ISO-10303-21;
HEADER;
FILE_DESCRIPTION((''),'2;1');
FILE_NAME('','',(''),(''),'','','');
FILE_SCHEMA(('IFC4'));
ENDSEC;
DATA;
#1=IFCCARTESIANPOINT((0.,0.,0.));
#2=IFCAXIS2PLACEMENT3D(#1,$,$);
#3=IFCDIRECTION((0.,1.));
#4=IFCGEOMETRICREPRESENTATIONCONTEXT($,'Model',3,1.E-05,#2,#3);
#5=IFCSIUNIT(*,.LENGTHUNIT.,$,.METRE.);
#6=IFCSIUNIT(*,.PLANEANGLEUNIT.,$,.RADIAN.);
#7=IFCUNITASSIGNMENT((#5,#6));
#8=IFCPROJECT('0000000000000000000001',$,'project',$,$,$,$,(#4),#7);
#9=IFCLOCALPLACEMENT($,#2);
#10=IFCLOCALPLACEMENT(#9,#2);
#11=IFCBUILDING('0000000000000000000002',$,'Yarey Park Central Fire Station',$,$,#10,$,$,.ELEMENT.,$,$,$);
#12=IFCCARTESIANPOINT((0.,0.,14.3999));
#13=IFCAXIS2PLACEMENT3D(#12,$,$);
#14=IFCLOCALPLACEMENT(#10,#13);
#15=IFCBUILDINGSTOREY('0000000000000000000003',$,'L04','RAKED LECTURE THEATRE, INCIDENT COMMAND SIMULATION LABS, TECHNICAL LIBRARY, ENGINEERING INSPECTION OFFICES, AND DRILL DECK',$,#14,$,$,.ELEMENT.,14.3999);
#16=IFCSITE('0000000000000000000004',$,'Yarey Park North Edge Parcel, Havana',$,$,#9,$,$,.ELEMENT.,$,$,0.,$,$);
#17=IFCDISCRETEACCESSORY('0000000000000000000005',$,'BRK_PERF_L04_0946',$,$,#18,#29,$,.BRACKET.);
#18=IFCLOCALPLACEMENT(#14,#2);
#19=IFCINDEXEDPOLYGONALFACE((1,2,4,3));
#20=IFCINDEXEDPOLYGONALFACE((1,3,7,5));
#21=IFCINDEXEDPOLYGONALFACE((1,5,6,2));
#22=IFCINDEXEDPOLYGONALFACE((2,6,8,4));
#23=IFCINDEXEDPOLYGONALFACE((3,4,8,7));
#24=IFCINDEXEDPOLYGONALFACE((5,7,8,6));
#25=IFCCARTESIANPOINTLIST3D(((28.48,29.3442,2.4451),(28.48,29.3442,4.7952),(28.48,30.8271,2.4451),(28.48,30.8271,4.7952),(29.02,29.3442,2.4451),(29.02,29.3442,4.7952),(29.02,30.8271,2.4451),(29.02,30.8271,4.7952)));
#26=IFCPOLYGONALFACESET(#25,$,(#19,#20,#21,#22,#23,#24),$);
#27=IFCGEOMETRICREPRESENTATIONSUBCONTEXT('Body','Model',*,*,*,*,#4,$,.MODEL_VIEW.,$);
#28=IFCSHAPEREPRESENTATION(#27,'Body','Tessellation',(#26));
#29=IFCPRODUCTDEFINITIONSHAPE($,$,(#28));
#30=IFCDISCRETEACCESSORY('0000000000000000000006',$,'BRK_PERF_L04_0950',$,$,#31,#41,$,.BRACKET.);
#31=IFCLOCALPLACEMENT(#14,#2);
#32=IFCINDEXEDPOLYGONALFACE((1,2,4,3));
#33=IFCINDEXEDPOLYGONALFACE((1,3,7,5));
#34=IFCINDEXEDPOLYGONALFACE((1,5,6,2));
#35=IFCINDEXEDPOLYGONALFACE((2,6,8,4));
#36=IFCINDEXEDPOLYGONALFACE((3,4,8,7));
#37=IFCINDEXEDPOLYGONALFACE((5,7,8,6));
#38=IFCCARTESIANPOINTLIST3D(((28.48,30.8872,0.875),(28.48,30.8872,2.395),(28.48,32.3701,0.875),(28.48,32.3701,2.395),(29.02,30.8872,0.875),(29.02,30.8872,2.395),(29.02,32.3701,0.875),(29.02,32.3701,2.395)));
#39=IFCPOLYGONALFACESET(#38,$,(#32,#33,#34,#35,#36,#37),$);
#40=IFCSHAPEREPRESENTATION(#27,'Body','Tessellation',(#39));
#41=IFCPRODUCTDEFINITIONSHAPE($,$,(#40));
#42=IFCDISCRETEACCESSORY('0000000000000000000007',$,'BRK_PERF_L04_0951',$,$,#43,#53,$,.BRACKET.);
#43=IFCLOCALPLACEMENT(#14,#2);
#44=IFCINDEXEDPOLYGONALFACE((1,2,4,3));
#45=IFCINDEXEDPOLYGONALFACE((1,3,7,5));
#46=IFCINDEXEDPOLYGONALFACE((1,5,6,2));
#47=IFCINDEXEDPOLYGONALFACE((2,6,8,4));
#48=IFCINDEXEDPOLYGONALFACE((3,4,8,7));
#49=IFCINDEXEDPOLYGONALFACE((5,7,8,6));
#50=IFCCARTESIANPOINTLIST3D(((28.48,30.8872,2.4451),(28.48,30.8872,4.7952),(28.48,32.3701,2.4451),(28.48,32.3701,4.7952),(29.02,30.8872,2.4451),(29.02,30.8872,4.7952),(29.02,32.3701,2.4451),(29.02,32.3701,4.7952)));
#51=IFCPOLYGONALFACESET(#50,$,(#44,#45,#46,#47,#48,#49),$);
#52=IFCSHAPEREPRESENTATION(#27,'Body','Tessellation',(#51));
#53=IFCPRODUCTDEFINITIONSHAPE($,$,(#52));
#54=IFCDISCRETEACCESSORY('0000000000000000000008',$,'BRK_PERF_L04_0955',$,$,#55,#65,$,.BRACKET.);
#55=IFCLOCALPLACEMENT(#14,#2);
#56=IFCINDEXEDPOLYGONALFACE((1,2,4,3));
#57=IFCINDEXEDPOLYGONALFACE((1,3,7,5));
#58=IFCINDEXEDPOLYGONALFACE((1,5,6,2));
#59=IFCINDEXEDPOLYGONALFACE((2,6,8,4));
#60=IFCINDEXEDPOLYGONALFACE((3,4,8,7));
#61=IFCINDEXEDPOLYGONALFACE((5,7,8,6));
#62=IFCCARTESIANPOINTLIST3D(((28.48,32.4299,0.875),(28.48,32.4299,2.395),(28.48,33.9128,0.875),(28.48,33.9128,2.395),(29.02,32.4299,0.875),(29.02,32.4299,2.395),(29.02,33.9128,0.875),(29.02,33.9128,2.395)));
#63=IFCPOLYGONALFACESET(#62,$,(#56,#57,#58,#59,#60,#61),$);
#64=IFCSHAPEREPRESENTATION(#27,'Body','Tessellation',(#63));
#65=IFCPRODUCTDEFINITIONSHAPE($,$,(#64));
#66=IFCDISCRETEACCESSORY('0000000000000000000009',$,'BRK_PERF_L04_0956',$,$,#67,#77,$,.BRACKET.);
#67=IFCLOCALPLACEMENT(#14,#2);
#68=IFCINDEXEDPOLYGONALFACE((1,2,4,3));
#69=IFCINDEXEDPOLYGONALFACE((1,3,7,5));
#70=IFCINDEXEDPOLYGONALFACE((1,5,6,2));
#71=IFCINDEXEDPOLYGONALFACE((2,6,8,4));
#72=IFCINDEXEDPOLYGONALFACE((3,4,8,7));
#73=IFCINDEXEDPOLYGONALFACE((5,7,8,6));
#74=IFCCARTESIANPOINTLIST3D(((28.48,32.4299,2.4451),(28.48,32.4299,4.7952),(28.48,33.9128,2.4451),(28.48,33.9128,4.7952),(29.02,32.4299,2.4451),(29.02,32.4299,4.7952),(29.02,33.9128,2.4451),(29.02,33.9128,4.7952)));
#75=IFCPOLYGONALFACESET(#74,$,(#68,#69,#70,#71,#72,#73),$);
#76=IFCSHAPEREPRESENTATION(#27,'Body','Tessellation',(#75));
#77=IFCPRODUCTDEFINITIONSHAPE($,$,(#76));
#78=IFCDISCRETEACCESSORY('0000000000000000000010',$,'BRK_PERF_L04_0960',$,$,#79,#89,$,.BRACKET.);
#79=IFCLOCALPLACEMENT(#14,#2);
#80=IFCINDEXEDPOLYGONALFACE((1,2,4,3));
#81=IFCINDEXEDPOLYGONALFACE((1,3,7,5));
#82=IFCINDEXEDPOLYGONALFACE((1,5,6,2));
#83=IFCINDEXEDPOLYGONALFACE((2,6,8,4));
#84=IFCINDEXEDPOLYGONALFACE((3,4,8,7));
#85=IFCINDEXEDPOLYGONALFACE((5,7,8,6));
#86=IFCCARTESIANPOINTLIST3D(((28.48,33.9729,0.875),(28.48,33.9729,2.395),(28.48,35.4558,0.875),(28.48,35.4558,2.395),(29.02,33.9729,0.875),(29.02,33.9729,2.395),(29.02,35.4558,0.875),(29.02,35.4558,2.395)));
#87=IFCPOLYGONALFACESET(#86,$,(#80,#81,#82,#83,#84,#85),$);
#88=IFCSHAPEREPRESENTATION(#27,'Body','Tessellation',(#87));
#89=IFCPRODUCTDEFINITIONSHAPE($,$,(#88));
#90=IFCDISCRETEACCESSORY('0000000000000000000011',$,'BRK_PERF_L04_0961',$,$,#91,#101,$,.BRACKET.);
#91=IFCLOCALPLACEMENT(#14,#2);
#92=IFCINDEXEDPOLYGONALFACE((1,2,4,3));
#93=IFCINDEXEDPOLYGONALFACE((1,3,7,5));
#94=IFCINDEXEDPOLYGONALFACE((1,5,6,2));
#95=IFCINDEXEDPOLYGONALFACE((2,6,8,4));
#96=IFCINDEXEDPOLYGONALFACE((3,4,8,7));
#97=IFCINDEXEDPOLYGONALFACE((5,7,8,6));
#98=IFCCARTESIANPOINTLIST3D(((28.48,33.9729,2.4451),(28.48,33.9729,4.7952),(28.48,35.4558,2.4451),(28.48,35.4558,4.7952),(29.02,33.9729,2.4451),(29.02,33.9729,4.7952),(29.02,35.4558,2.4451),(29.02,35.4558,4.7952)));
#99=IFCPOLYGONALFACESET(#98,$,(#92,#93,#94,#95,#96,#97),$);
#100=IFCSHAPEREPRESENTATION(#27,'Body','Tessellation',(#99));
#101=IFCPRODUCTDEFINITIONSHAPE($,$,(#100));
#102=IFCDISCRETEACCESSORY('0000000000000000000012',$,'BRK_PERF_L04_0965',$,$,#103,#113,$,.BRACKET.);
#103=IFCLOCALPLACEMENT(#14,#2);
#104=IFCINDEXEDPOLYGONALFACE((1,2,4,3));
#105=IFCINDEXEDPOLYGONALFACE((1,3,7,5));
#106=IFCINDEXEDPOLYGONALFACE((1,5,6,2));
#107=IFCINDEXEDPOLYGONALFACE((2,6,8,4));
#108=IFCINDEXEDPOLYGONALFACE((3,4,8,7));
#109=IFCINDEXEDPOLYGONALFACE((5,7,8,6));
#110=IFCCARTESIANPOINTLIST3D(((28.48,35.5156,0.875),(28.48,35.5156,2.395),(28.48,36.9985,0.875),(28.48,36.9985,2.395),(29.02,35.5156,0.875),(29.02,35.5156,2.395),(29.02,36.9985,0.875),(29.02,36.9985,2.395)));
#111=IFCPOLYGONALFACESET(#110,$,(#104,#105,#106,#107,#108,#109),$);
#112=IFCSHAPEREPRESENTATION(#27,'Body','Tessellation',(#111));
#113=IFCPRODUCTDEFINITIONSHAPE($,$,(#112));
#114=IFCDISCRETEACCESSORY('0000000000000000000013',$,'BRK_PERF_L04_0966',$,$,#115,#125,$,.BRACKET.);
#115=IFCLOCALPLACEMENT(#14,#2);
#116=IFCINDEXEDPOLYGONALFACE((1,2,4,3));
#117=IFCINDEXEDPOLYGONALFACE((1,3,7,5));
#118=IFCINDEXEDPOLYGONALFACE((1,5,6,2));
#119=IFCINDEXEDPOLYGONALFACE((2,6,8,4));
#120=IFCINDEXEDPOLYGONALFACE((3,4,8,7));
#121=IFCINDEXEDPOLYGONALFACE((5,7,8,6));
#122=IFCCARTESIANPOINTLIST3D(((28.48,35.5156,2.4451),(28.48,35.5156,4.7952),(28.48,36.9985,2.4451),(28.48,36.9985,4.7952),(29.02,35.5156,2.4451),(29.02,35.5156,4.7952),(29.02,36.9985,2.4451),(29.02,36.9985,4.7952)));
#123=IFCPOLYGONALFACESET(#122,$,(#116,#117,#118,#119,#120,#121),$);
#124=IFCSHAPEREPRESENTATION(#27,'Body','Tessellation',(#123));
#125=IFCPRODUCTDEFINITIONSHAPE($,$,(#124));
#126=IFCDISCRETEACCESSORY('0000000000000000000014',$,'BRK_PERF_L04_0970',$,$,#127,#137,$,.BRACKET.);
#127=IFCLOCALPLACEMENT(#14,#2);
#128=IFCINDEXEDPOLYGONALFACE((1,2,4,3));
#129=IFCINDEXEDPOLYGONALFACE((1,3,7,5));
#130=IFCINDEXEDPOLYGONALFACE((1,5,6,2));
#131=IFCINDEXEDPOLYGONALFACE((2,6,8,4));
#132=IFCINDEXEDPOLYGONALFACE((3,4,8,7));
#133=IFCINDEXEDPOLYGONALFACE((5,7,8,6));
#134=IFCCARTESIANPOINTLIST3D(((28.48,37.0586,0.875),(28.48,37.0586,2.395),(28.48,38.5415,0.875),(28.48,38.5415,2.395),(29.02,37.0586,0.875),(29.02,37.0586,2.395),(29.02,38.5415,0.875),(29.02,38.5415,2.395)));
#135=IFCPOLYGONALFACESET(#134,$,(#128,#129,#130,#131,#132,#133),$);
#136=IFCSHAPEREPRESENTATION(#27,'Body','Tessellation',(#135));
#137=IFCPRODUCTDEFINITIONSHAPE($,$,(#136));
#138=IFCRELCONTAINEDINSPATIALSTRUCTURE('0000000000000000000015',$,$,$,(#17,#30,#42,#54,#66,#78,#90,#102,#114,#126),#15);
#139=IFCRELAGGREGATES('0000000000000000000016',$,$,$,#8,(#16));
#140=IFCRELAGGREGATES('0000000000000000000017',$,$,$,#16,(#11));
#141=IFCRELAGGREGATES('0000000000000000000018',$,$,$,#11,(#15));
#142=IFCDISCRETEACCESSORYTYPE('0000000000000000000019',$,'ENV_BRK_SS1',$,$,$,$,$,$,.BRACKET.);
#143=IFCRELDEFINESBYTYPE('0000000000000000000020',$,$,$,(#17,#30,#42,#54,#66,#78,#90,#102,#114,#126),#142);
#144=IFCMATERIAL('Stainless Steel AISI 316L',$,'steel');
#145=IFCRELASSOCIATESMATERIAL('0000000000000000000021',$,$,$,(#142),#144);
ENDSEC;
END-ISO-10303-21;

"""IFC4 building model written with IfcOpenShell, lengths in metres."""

from ifc_helpers import new_model, si_unit, direction, frame, origin, origin_2d, place, context, subcontext, project, spatial, rectangle, extrude, material, type_object, element, save


model = new_model("IFC4")

# Units and contexts
model_context = context("Model", 3, precision=1e-05, world=origin(), true_north=direction((0.0, 1.0)))
body_context = subcontext(model_context, "Body", "Model", "MODEL_VIEW")
ifc_project = project(units=[si_unit("LENGTHUNIT", "METRE"), si_unit("PLANEANGLEUNIT", "RADIAN")], contexts=[model_context])

# Site, building, storey
site_placement = place(None, origin())
site = spatial("IfcSite", under=ifc_project, at=site_placement, Name="Yarey Park North Edge Parcel, Havana", CompositionType="ELEMENT", RefElevation=0.0)
building_placement = place(site_placement, origin())
building = spatial("IfcBuilding", under=site, at=building_placement, Name="Yarey Park Central Fire Station", CompositionType="ELEMENT")
storey_placement = place(building_placement, frame((0.0, 0.0, 14.3999)))
storey = spatial("IfcBuildingStorey", under=building, at=storey_placement, Name="L04", Description="RAKED LECTURE THEATRE, INCIDENT COMMAND SIMULATION LABS, TECHNICAL LIBRARY, ENGINEERING INSPECTION OFFICES, AND DRILL DECK", CompositionType="ELEMENT", Elevation=14.3999)

# Discrete accessories
ifc_material_1 = material(Name="Stainless Steel AISI 316L", Category="steel")
discrete_accessory_type = type_object("IfcDiscreteAccessoryType", Name="ENV_BRK_SS1", PredefinedType="BRACKET", material=ifc_material_1)
discrete_accessory_1_placement = place(storey_placement, frame((28.75, 30.0857, 2.4451), z_axis=(0.0, 0.0, 1.0), x_axis=(1.0, 0.0, 0.0)))
element("IfcDiscreteAccessory", 1, at=discrete_accessory_1_placement, inside=storey, type_object=discrete_accessory_type, Name="BRK_PERF_L04_0946", PredefinedType="BRACKET", context=body_context, shape_type="SweptSolid", body=[
    extrude(rectangle(XDim=0.54, YDim=1.4829, at=origin_2d()), origin(), (0.0, 0.0, 1.0), 2.3501),
])
discrete_accessory_2_placement = place(storey_placement, frame((28.75, 31.6287, 0.875), z_axis=(0.0, 0.0, 1.0), x_axis=(1.0, 0.0, 0.0)))
element("IfcDiscreteAccessory", 2, at=discrete_accessory_2_placement, inside=storey, type_object=discrete_accessory_type, Name="BRK_PERF_L04_0950", PredefinedType="BRACKET", context=body_context, shape_type="SweptSolid", body=[
    extrude(rectangle(XDim=0.54, YDim=1.4829, at=origin_2d()), origin(), (0.0, 0.0, 1.0), 1.52),
])
discrete_accessory_3_placement = place(storey_placement, frame((28.75, 31.6287, 2.4451), z_axis=(0.0, 0.0, 1.0), x_axis=(1.0, 0.0, 0.0)))
element("IfcDiscreteAccessory", 3, at=discrete_accessory_3_placement, inside=storey, type_object=discrete_accessory_type, Name="BRK_PERF_L04_0951", PredefinedType="BRACKET", context=body_context, shape_type="SweptSolid", body=[
    extrude(rectangle(XDim=0.54, YDim=1.4829, at=origin_2d()), origin(), (0.0, 0.0, 1.0), 2.3501),
])
discrete_accessory_4_placement = place(storey_placement, frame((28.75, 33.1714, 0.875), z_axis=(0.0, 0.0, 1.0), x_axis=(1.0, 0.0, 0.0)))
element("IfcDiscreteAccessory", 4, at=discrete_accessory_4_placement, inside=storey, type_object=discrete_accessory_type, Name="BRK_PERF_L04_0955", PredefinedType="BRACKET", context=body_context, shape_type="SweptSolid", body=[
    extrude(rectangle(XDim=0.54, YDim=1.4829, at=origin_2d()), origin(), (0.0, 0.0, 1.0), 1.52),
])
discrete_accessory_5_placement = place(storey_placement, frame((28.75, 33.1714, 2.4451), z_axis=(0.0, 0.0, 1.0), x_axis=(1.0, 0.0, 0.0)))
element("IfcDiscreteAccessory", 5, at=discrete_accessory_5_placement, inside=storey, type_object=discrete_accessory_type, Name="BRK_PERF_L04_0956", PredefinedType="BRACKET", context=body_context, shape_type="SweptSolid", body=[
    extrude(rectangle(XDim=0.54, YDim=1.4829, at=origin_2d()), origin(), (0.0, 0.0, 1.0), 2.3501),
])
discrete_accessory_6_placement = place(storey_placement, frame((28.75, 34.7144, 0.875), z_axis=(0.0, 0.0, 1.0), x_axis=(1.0, 0.0, 0.0)))
element("IfcDiscreteAccessory", 6, at=discrete_accessory_6_placement, inside=storey, type_object=discrete_accessory_type, Name="BRK_PERF_L04_0960", PredefinedType="BRACKET", context=body_context, shape_type="SweptSolid", body=[
    extrude(rectangle(XDim=0.54, YDim=1.4829, at=origin_2d()), origin(), (0.0, 0.0, 1.0), 1.52),
])
discrete_accessory_7_placement = place(storey_placement, frame((28.75, 34.7144, 2.4451), z_axis=(0.0, 0.0, 1.0), x_axis=(1.0, 0.0, 0.0)))
element("IfcDiscreteAccessory", 7, at=discrete_accessory_7_placement, inside=storey, type_object=discrete_accessory_type, Name="BRK_PERF_L04_0961", PredefinedType="BRACKET", context=body_context, shape_type="SweptSolid", body=[
    extrude(rectangle(XDim=0.54, YDim=1.4829, at=origin_2d()), origin(), (0.0, 0.0, 1.0), 2.3501),
])
discrete_accessory_8_placement = place(storey_placement, frame((28.75, 36.2571, 0.875), z_axis=(0.0, 0.0, 1.0), x_axis=(1.0, 0.0, 0.0)))
element("IfcDiscreteAccessory", 8, at=discrete_accessory_8_placement, inside=storey, type_object=discrete_accessory_type, Name="BRK_PERF_L04_0965", PredefinedType="BRACKET", context=body_context, shape_type="SweptSolid", body=[
    extrude(rectangle(XDim=0.54, YDim=1.4829, at=origin_2d()), origin(), (0.0, 0.0, 1.0), 1.52),
])
discrete_accessory_9_placement = place(storey_placement, frame((28.75, 36.2571, 2.4451), z_axis=(0.0, 0.0, 1.0), x_axis=(1.0, 0.0, 0.0)))
element("IfcDiscreteAccessory", 9, at=discrete_accessory_9_placement, inside=storey, type_object=discrete_accessory_type, Name="BRK_PERF_L04_0966", PredefinedType="BRACKET", context=body_context, shape_type="SweptSolid", body=[
    extrude(rectangle(XDim=0.54, YDim=1.4829, at=origin_2d()), origin(), (0.0, 0.0, 1.0), 2.3501),
])
discrete_accessory_10_placement = place(storey_placement, frame((28.75, 37.8, 0.875), z_axis=(0.0, 0.0, 1.0), x_axis=(1.0, 0.0, 0.0)))
element("IfcDiscreteAccessory", 10, at=discrete_accessory_10_placement, inside=storey, type_object=discrete_accessory_type, Name="BRK_PERF_L04_0970", PredefinedType="BRACKET", context=body_context, shape_type="SweptSolid", body=[
    extrude(rectangle(XDim=0.54, YDim=1.4829, at=origin_2d()), origin(), (0.0, 0.0, 1.0), 1.52),
])

save(model, "model.ifc")
